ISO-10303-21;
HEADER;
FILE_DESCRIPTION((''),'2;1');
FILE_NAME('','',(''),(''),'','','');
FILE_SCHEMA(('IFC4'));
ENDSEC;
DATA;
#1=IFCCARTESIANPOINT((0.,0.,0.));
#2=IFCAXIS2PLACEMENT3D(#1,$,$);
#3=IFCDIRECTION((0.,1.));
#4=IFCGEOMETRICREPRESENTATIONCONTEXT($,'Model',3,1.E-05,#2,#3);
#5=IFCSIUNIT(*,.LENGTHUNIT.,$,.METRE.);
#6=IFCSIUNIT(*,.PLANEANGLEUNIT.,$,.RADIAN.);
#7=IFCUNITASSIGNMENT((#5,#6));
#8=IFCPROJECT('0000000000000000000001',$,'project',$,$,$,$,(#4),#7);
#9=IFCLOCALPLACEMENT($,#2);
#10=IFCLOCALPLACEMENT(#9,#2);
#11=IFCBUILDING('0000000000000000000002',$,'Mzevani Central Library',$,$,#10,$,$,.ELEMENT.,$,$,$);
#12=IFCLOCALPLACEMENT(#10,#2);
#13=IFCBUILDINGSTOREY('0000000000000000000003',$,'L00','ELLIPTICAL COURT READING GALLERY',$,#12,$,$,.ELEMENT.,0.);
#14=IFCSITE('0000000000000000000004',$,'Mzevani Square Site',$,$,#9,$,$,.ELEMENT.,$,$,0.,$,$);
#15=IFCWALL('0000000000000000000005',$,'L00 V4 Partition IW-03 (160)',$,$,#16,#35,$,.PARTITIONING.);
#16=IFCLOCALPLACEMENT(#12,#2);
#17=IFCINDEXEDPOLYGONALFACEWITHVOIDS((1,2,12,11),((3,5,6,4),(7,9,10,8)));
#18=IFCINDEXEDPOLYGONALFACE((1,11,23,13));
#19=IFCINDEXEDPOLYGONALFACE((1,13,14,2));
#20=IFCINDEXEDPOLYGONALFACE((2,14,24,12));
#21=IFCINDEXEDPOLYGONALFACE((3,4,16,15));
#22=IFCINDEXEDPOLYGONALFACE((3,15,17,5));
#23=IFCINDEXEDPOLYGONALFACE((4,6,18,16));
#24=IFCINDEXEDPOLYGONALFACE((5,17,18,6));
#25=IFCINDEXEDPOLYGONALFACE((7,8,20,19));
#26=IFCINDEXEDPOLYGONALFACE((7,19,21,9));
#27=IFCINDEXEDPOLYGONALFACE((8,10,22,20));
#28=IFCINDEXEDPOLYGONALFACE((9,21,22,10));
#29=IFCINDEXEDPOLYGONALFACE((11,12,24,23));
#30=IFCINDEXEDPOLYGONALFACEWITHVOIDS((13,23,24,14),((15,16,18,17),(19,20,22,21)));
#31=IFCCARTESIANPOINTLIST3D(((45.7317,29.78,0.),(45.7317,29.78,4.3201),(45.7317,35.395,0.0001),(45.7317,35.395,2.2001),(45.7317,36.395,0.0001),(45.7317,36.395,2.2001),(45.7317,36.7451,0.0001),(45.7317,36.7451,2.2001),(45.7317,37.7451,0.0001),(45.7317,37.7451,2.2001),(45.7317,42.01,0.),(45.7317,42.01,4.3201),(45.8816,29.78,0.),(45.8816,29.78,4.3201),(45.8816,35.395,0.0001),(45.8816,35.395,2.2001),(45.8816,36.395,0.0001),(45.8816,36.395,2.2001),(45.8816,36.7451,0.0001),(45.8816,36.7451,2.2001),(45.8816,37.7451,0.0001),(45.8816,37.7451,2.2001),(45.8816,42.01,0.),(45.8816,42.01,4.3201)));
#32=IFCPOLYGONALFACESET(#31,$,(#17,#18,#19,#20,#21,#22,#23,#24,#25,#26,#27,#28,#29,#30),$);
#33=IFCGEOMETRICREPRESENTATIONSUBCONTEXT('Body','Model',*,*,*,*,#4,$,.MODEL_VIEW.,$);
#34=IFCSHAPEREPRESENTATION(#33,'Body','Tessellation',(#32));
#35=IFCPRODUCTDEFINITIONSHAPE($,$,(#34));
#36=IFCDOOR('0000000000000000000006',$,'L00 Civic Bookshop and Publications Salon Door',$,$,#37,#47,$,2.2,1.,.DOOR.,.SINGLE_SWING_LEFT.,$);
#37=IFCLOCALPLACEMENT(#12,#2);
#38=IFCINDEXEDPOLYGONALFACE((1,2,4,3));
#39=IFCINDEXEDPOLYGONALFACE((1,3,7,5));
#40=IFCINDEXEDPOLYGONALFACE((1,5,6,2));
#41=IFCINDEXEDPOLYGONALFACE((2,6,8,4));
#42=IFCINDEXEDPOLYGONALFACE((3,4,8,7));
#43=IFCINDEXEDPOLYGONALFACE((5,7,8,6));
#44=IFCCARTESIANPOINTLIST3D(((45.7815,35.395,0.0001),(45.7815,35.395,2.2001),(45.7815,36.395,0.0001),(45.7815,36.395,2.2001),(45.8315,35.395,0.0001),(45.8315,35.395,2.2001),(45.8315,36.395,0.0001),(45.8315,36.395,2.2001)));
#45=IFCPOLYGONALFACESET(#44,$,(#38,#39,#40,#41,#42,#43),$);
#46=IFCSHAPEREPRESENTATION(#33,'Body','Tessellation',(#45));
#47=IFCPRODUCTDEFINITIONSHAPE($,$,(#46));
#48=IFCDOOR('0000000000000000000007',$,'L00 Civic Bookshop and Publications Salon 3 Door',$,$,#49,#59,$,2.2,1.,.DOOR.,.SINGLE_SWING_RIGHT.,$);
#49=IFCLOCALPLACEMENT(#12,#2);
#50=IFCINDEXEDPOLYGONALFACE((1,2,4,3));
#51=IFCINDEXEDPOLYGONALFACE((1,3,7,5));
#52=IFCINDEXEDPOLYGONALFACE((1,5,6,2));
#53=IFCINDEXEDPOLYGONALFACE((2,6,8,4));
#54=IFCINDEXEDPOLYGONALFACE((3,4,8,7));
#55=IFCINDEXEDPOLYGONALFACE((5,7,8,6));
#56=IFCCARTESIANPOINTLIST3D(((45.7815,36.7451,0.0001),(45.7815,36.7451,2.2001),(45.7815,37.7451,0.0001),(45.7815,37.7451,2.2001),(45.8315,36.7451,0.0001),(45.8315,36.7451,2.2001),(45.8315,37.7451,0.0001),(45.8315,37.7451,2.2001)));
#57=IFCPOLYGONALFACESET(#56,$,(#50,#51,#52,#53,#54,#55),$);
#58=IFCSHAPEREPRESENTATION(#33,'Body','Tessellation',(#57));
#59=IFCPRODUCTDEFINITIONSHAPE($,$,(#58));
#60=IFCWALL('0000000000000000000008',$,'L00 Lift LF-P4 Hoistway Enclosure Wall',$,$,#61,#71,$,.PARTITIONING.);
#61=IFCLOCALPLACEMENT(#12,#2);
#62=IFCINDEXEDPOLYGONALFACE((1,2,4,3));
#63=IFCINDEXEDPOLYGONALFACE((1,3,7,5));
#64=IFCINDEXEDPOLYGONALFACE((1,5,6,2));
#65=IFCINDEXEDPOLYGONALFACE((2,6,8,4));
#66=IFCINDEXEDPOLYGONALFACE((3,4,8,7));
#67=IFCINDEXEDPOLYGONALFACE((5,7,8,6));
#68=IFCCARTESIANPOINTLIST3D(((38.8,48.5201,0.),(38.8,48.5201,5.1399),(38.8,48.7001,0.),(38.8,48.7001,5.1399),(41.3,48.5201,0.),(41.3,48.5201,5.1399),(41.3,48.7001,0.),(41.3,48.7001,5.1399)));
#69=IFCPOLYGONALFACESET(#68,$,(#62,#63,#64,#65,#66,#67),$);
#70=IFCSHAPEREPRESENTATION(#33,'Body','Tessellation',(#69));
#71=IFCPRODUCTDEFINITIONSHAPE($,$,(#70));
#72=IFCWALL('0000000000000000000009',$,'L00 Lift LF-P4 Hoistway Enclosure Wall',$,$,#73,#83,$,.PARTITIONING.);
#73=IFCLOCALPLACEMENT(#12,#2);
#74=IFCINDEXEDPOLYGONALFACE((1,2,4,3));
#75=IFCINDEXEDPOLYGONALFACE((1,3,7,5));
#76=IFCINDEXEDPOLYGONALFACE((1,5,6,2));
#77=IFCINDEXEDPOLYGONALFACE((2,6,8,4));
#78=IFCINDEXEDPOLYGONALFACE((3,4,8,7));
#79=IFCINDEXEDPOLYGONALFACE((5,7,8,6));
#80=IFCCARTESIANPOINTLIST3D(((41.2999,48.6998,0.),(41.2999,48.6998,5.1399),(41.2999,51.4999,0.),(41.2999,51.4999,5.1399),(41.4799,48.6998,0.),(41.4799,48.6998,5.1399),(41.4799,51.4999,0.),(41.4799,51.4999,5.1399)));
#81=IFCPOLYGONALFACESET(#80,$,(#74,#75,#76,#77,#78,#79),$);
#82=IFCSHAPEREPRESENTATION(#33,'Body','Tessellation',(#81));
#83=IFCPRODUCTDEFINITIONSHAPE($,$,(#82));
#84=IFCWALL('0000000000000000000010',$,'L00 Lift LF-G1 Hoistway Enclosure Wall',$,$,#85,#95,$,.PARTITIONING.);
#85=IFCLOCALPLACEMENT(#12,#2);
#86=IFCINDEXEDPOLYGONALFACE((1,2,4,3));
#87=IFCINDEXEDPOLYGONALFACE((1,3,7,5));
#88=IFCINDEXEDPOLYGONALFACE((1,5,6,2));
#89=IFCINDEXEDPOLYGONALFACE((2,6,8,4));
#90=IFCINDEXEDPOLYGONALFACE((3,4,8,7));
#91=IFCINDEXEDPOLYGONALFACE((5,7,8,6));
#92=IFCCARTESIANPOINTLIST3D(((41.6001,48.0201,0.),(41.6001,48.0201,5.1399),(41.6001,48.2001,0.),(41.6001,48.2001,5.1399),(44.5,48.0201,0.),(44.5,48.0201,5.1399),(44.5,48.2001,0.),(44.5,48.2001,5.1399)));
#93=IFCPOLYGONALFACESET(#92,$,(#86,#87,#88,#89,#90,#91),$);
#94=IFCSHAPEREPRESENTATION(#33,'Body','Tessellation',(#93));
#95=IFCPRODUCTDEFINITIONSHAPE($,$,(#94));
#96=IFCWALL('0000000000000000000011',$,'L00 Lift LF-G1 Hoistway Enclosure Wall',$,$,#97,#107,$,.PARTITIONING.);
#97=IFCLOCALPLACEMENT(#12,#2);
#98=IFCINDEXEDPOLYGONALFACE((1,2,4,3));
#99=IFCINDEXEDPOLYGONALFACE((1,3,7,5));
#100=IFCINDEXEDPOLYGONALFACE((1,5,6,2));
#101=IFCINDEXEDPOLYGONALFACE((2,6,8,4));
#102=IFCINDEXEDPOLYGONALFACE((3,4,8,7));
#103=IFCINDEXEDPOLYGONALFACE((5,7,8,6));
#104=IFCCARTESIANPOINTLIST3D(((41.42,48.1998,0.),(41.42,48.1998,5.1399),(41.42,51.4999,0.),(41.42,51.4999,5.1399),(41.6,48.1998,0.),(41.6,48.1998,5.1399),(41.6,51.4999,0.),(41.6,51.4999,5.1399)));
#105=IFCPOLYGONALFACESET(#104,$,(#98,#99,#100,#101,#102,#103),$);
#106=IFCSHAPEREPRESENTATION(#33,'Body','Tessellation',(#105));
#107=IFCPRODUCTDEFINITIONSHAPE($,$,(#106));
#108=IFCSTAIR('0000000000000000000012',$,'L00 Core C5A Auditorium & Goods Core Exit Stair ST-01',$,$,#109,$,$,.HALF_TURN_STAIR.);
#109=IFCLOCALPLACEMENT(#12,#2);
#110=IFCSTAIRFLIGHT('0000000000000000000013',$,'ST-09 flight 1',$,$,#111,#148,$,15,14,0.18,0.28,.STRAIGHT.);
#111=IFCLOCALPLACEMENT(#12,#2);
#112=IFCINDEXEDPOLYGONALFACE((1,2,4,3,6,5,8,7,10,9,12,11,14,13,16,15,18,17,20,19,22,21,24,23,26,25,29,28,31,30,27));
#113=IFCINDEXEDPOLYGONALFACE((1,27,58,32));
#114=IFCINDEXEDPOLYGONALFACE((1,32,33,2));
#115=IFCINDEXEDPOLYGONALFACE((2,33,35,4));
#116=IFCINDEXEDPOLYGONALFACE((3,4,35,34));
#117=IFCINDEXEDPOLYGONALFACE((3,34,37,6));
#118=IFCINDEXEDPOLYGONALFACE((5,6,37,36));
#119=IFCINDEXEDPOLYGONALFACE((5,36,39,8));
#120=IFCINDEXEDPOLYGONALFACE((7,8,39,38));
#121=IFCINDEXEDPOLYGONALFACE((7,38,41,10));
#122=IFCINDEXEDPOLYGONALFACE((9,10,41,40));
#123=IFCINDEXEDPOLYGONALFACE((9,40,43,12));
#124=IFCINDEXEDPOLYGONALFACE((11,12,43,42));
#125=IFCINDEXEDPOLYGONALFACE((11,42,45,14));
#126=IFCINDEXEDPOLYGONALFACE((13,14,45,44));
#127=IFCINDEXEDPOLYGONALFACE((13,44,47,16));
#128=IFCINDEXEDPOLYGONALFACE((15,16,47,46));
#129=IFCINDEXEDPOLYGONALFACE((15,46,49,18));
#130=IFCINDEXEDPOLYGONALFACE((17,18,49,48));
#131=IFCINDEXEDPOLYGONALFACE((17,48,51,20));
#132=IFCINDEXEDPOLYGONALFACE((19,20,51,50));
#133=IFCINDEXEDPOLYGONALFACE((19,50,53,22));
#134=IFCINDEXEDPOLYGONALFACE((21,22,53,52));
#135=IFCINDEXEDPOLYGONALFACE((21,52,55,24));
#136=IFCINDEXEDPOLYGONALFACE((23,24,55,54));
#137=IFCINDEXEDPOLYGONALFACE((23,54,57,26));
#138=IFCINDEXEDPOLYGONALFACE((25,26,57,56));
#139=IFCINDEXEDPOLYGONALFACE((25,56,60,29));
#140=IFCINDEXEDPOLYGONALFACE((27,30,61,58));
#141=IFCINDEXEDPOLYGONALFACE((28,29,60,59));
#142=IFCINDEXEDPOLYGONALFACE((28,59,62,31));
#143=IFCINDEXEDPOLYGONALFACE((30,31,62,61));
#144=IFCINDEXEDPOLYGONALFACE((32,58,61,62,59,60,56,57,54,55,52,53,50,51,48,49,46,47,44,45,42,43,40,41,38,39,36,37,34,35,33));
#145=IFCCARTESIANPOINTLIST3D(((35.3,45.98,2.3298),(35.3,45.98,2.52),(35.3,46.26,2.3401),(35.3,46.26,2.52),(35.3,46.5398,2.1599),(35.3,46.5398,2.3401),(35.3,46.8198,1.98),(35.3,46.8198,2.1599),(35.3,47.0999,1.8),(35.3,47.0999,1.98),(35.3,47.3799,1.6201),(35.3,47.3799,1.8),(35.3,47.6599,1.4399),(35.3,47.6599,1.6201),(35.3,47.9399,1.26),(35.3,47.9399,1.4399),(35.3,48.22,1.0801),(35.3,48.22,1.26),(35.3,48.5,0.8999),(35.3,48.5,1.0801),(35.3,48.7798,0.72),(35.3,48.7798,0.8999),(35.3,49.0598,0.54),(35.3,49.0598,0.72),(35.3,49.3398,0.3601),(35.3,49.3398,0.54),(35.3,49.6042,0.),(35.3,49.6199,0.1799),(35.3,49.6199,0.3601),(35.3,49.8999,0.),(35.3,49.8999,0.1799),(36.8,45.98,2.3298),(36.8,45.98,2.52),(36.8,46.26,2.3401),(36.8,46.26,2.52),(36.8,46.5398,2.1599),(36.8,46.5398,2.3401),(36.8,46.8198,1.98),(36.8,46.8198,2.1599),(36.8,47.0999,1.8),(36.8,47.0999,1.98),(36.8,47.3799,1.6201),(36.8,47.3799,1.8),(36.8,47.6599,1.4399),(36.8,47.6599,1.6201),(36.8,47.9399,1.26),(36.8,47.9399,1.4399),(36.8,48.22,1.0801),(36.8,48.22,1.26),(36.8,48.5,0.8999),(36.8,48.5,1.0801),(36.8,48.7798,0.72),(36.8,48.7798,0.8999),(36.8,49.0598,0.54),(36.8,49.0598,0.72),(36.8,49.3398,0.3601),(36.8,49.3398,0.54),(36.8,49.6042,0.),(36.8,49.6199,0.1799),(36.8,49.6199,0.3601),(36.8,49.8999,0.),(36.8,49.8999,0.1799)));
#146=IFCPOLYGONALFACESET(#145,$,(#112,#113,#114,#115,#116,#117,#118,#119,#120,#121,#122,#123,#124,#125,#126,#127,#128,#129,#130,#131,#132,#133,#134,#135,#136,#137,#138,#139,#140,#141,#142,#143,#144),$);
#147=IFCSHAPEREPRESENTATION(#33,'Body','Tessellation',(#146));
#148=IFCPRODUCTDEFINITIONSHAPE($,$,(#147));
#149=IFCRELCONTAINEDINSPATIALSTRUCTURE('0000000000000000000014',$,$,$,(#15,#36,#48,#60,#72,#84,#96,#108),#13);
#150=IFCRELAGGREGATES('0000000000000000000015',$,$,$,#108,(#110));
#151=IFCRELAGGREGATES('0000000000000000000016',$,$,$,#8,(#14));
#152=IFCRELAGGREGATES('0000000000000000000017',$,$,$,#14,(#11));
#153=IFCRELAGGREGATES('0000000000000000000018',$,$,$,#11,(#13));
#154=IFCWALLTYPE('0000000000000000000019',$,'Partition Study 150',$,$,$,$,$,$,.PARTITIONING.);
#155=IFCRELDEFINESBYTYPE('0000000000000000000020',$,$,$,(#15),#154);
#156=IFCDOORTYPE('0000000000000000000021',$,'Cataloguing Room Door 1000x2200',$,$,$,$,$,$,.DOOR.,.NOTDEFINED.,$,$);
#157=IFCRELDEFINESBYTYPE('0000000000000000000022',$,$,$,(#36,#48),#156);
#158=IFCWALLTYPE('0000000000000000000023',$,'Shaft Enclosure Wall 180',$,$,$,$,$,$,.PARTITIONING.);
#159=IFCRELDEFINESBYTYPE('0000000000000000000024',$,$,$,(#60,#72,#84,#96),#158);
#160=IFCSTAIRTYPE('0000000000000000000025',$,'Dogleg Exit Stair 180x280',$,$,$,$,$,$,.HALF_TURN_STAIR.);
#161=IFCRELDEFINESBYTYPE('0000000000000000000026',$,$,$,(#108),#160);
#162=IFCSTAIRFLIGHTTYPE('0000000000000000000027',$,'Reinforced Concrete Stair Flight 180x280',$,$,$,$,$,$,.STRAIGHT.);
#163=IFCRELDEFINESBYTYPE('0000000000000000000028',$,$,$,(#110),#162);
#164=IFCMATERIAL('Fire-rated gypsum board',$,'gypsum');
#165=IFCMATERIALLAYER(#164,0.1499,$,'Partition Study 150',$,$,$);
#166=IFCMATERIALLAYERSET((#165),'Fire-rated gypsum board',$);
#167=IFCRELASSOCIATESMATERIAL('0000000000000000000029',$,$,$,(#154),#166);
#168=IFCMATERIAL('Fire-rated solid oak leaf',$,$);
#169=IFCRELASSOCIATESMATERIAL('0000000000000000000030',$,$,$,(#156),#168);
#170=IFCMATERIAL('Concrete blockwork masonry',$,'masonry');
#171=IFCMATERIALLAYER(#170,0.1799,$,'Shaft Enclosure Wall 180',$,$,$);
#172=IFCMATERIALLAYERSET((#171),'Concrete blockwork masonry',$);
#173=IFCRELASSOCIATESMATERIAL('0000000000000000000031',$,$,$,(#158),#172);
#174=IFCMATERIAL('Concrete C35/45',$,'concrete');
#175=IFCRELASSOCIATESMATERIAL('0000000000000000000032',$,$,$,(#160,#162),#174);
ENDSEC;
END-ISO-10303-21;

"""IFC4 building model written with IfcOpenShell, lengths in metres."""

from ifc_helpers import new_model, si_unit, direction, frame, frame_2d, origin, place, context, subcontext, project, spatial, polyline, rectangle, outline, extrude, material, layer, layer_set, type_object, element, fill, aggregate, save


model = new_model("IFC4")

# Units and contexts
model_context = context("Model", 3, precision=1e-05, world=origin(), true_north=direction((0.0, 1.0)))
body_context = subcontext(model_context, "Body", "Model", "MODEL_VIEW")
ifc_project = project(units=[si_unit("LENGTHUNIT", "METRE"), si_unit("PLANEANGLEUNIT", "RADIAN")], contexts=[model_context])

# Site, building, storey
site_placement = place(None, origin())
site = spatial("IfcSite", under=ifc_project, at=site_placement, Name="Mzevani Square Site", CompositionType="ELEMENT", RefElevation=0.0)
building_placement = place(site_placement, origin())
building = spatial("IfcBuilding", under=site, at=building_placement, Name="Mzevani Central Library", CompositionType="ELEMENT")
storey_placement = place(building_placement, origin())
storey = spatial("IfcBuildingStorey", under=building, at=storey_placement, Name="L00", Description="ELLIPTICAL COURT READING GALLERY", CompositionType="ELEMENT", Elevation=0.0)

# Shared definitions
ifc_material_1 = material(Name="Concrete C35/45", Category="concrete")

# Shared definitions
ifc_material_2 = material(Name="Fire-rated gypsum board", Category="gypsum")
ifc_layer_1 = layer(ifc_material_2, 0.1499, Name="Partition Study 150")
ifc_layer_set_1 = layer_set([ifc_layer_1], Name="Fire-rated gypsum board")
wall_type_1 = type_object("IfcWallType", Name="Partition Study 150", PredefinedType="PARTITIONING", material=ifc_layer_set_1)
ifc_material_3 = material(Name="Fire-rated solid oak leaf")

# Wall, openings, doors
wall_1_placement = place(storey_placement, frame((45.8066, 42.01, 0.0), z_axis=(0.0, 0.0, 1.0), x_axis=(0.0, -1.0, 0.0)))
wall_1 = element("IfcWall", 1, at=wall_1_placement, inside=storey, type_object=wall_type_1, Name="L00 V4 Partition IW-03 (160)", PredefinedType="PARTITIONING", context=body_context, shape_type="SweptSolid", body=[
    extrude(rectangle(XDim=12.23, YDim=0.1499, at=frame_2d((6.115, 0.0))), origin(), (0.0, 0.0, 1.0), 4.3201),
])
opening_1_placement = place(wall_1_placement, frame((5.615, 0.0, 0.0)))
opening_1 = element("IfcOpeningElement", 2, at=opening_1_placement, cuts=wall_1, PredefinedType="OPENING", context=body_context, shape_type="SweptSolid", body=[
    extrude(rectangle(XDim=1.0, YDim=2.2, at=frame_2d((0.5, 1.1001))), frame((0.0, 0.085, 0.0), z_axis=(0.0, -1.0, 0.0), x_axis=(1.0, 0.0, 0.0)), (0.0, 0.0, 1.0), 0.1699),
])
opening_2_placement = place(wall_1_placement, frame((4.2649, 0.0, 0.0)))
opening_2 = element("IfcOpeningElement", 3, at=opening_2_placement, cuts=wall_1, PredefinedType="OPENING", context=body_context, shape_type="SweptSolid", body=[
    extrude(rectangle(XDim=1.0, YDim=2.2, at=frame_2d((0.5, 1.1001))), frame((0.0, 0.085, 0.0), z_axis=(0.0, -1.0, 0.0), x_axis=(1.0, 0.0, 0.0)), (0.0, 0.0, 1.0), 0.1699),
])
door_type_1 = type_object("IfcDoorType", Name="Cataloguing Room Door 1000x2200", OperationType="NOTDEFINED", PredefinedType="DOOR", material=ifc_material_3)
door_1_placement = place(opening_1_placement, origin())
door_1 = element("IfcDoor", 4, at=door_1_placement, inside=storey, type_object=door_type_1, Name="L00 Civic Bookshop and Publications Salon Door", OperationType="SINGLE_SWING_LEFT", OverallHeight=2.2, OverallWidth=1.0, PredefinedType="DOOR", context=body_context, shape_type="SweptSolid", body=[
    extrude(rectangle(XDim=1.0, YDim=2.2, at=frame_2d((0.5, 1.1001))), frame((0.0, 0.0249, 0.0), z_axis=(0.0, -1.0, 0.0), x_axis=(1.0, 0.0, 0.0)), (0.0, 0.0, 1.0), 0.05),
])
fill(opening_1, door_1)
door_2_placement = place(opening_2_placement, origin())
door_2 = element("IfcDoor", 5, at=door_2_placement, inside=storey, type_object=door_type_1, Name="L00 Civic Bookshop and Publications Salon 3 Door", OperationType="SINGLE_SWING_RIGHT", OverallHeight=2.2, OverallWidth=1.0, PredefinedType="DOOR", context=body_context, shape_type="SweptSolid", body=[
    extrude(rectangle(XDim=1.0, YDim=2.2, at=frame_2d((0.5, 1.1001))), frame((0.0, 0.0249, 0.0), z_axis=(0.0, -1.0, 0.0), x_axis=(1.0, 0.0, 0.0)), (0.0, 0.0, 1.0), 0.05),
])
fill(opening_2, door_2)

# Walls
ifc_material_4 = material(Name="Concrete blockwork masonry", Category="masonry")
ifc_layer_2 = layer(ifc_material_4, 0.1799, Name="Shaft Enclosure Wall 180")
ifc_layer_set_2 = layer_set([ifc_layer_2], Name="Concrete blockwork masonry")
wall_type_2 = type_object("IfcWallType", Name="Shaft Enclosure Wall 180", PredefinedType="PARTITIONING", material=ifc_layer_set_2)
wall_2_placement = place(storey_placement, frame((38.8, 48.6101, 0.0), z_axis=(0.0, 0.0, 1.0), x_axis=(1.0, 0.0, 0.0)))
element("IfcWall", 6, at=wall_2_placement, inside=storey, type_object=wall_type_2, Name="L00 Lift LF-P4 Hoistway Enclosure Wall", PredefinedType="PARTITIONING", context=body_context, shape_type="SweptSolid", body=[
    extrude(rectangle(XDim=2.5, YDim=0.1799, at=frame_2d((1.25, 0.0))), origin(), (0.0, 0.0, 1.0), 5.1399),
])
wall_3_placement = place(storey_placement, frame((41.3899, 48.7, 0.0), z_axis=(0.0, 0.0, 1.0), x_axis=(0.0, 1.0, 0.0)))
element("IfcWall", 7, at=wall_3_placement, inside=storey, type_object=wall_type_2, Name="L00 Lift LF-P4 Hoistway Enclosure Wall", PredefinedType="PARTITIONING", context=body_context, shape_type="SweptSolid", body=[
    extrude(rectangle(XDim=2.8, YDim=0.1799, at=frame_2d((1.3999, 0.0))), origin(), (0.0, 0.0, 1.0), 5.1399),
])
wall_4_placement = place(storey_placement, frame((41.6001, 48.1101, 0.0), z_axis=(0.0, 0.0, 1.0), x_axis=(1.0, 0.0, 0.0)))
element("IfcWall", 8, at=wall_4_placement, inside=storey, type_object=wall_type_2, Name="L00 Lift LF-G1 Hoistway Enclosure Wall", PredefinedType="PARTITIONING", context=body_context, shape_type="SweptSolid", body=[
    extrude(rectangle(XDim=2.8999, YDim=0.1799, at=frame_2d((1.45, 0.0))), origin(), (0.0, 0.0, 1.0), 5.1399),
])
wall_5_placement = place(storey_placement, frame((41.51, 48.2, 0.0), z_axis=(0.0, 0.0, 1.0), x_axis=(0.0, 1.0, 0.0)))
element("IfcWall", 9, at=wall_5_placement, inside=storey, type_object=wall_type_2, Name="L00 Lift LF-G1 Hoistway Enclosure Wall", PredefinedType="PARTITIONING", context=body_context, shape_type="SweptSolid", body=[
    extrude(rectangle(XDim=3.3, YDim=0.1799, at=frame_2d((1.6499, 0.0))), origin(), (0.0, 0.0, 1.0), 5.1399),
])

# Stair, stair flight
stair_type = type_object("IfcStairType", Name="Dogleg Exit Stair 180x280", PredefinedType="HALF_TURN_STAIR", material=ifc_material_1)
stair_placement = place(storey_placement, origin())
stair = element("IfcStair", 10, at=stair_placement, inside=storey, type_object=stair_type, Name="L00 Core C5A Auditorium & Goods Core Exit Stair ST-01", PredefinedType="HALF_TURN_STAIR")
stair_flight_type = type_object("IfcStairFlightType", Name="Reinforced Concrete Stair Flight 180x280", PredefinedType="STRAIGHT", material=ifc_material_1)
stair_flight_1_placement = place(storey_placement, frame((36.05, 49.8999, 0.0), z_axis=(0.0, 0.0, 1.0), x_axis=(0.0, -1.0, 0.0)))
stair_flight_1 = element("IfcStairFlight", 11, at=stair_flight_1_placement, type_object=stair_flight_type, Name="ST-09 flight 1", NumberOfRisers=15, NumberOfTreads=14, PredefinedType="STRAIGHT", RiserHeight=0.18, TreadLength=0.28, context=body_context, shape_type="SweptSolid", body=[
    extrude(outline(polyline([(0.0, 0.0), (0.0, 0.1799), (0.28, 0.1799), (0.28, 0.3601), (0.5601, 0.3601), (0.5601, 0.54), (0.8401, 0.54), (0.8401, 0.72), (1.1201, 0.72), (1.1201, 0.8999), (1.3999, 0.8999), (1.3999, 1.0801), (1.6799, 1.0801), (1.6799, 1.26), (1.96, 1.26), (1.96, 1.4399), (2.24, 1.4399), (2.24, 1.6201), (2.52, 1.6201), (2.52, 1.8), (2.8, 1.8), (2.8, 1.98), (3.0801, 1.98), (3.0801, 2.1599), (3.3601, 2.1599), (3.3601, 2.3401), (3.6399, 2.3401), (3.6399, 2.52), (3.9199, 2.52), (3.9199, 2.7), (3.9199, 2.3298), (0.2957, 0.0), (0.0, 0.0)])), frame((0.0, 0.75, 0.0), z_axis=(0.0, -1.0, 0.0), x_axis=(1.0, 0.0, 0.0)), (0.0, 0.0, 1.0), 1.5),
])
aggregate(stair, [stair_flight_1])

save(model, "model.ifc")
